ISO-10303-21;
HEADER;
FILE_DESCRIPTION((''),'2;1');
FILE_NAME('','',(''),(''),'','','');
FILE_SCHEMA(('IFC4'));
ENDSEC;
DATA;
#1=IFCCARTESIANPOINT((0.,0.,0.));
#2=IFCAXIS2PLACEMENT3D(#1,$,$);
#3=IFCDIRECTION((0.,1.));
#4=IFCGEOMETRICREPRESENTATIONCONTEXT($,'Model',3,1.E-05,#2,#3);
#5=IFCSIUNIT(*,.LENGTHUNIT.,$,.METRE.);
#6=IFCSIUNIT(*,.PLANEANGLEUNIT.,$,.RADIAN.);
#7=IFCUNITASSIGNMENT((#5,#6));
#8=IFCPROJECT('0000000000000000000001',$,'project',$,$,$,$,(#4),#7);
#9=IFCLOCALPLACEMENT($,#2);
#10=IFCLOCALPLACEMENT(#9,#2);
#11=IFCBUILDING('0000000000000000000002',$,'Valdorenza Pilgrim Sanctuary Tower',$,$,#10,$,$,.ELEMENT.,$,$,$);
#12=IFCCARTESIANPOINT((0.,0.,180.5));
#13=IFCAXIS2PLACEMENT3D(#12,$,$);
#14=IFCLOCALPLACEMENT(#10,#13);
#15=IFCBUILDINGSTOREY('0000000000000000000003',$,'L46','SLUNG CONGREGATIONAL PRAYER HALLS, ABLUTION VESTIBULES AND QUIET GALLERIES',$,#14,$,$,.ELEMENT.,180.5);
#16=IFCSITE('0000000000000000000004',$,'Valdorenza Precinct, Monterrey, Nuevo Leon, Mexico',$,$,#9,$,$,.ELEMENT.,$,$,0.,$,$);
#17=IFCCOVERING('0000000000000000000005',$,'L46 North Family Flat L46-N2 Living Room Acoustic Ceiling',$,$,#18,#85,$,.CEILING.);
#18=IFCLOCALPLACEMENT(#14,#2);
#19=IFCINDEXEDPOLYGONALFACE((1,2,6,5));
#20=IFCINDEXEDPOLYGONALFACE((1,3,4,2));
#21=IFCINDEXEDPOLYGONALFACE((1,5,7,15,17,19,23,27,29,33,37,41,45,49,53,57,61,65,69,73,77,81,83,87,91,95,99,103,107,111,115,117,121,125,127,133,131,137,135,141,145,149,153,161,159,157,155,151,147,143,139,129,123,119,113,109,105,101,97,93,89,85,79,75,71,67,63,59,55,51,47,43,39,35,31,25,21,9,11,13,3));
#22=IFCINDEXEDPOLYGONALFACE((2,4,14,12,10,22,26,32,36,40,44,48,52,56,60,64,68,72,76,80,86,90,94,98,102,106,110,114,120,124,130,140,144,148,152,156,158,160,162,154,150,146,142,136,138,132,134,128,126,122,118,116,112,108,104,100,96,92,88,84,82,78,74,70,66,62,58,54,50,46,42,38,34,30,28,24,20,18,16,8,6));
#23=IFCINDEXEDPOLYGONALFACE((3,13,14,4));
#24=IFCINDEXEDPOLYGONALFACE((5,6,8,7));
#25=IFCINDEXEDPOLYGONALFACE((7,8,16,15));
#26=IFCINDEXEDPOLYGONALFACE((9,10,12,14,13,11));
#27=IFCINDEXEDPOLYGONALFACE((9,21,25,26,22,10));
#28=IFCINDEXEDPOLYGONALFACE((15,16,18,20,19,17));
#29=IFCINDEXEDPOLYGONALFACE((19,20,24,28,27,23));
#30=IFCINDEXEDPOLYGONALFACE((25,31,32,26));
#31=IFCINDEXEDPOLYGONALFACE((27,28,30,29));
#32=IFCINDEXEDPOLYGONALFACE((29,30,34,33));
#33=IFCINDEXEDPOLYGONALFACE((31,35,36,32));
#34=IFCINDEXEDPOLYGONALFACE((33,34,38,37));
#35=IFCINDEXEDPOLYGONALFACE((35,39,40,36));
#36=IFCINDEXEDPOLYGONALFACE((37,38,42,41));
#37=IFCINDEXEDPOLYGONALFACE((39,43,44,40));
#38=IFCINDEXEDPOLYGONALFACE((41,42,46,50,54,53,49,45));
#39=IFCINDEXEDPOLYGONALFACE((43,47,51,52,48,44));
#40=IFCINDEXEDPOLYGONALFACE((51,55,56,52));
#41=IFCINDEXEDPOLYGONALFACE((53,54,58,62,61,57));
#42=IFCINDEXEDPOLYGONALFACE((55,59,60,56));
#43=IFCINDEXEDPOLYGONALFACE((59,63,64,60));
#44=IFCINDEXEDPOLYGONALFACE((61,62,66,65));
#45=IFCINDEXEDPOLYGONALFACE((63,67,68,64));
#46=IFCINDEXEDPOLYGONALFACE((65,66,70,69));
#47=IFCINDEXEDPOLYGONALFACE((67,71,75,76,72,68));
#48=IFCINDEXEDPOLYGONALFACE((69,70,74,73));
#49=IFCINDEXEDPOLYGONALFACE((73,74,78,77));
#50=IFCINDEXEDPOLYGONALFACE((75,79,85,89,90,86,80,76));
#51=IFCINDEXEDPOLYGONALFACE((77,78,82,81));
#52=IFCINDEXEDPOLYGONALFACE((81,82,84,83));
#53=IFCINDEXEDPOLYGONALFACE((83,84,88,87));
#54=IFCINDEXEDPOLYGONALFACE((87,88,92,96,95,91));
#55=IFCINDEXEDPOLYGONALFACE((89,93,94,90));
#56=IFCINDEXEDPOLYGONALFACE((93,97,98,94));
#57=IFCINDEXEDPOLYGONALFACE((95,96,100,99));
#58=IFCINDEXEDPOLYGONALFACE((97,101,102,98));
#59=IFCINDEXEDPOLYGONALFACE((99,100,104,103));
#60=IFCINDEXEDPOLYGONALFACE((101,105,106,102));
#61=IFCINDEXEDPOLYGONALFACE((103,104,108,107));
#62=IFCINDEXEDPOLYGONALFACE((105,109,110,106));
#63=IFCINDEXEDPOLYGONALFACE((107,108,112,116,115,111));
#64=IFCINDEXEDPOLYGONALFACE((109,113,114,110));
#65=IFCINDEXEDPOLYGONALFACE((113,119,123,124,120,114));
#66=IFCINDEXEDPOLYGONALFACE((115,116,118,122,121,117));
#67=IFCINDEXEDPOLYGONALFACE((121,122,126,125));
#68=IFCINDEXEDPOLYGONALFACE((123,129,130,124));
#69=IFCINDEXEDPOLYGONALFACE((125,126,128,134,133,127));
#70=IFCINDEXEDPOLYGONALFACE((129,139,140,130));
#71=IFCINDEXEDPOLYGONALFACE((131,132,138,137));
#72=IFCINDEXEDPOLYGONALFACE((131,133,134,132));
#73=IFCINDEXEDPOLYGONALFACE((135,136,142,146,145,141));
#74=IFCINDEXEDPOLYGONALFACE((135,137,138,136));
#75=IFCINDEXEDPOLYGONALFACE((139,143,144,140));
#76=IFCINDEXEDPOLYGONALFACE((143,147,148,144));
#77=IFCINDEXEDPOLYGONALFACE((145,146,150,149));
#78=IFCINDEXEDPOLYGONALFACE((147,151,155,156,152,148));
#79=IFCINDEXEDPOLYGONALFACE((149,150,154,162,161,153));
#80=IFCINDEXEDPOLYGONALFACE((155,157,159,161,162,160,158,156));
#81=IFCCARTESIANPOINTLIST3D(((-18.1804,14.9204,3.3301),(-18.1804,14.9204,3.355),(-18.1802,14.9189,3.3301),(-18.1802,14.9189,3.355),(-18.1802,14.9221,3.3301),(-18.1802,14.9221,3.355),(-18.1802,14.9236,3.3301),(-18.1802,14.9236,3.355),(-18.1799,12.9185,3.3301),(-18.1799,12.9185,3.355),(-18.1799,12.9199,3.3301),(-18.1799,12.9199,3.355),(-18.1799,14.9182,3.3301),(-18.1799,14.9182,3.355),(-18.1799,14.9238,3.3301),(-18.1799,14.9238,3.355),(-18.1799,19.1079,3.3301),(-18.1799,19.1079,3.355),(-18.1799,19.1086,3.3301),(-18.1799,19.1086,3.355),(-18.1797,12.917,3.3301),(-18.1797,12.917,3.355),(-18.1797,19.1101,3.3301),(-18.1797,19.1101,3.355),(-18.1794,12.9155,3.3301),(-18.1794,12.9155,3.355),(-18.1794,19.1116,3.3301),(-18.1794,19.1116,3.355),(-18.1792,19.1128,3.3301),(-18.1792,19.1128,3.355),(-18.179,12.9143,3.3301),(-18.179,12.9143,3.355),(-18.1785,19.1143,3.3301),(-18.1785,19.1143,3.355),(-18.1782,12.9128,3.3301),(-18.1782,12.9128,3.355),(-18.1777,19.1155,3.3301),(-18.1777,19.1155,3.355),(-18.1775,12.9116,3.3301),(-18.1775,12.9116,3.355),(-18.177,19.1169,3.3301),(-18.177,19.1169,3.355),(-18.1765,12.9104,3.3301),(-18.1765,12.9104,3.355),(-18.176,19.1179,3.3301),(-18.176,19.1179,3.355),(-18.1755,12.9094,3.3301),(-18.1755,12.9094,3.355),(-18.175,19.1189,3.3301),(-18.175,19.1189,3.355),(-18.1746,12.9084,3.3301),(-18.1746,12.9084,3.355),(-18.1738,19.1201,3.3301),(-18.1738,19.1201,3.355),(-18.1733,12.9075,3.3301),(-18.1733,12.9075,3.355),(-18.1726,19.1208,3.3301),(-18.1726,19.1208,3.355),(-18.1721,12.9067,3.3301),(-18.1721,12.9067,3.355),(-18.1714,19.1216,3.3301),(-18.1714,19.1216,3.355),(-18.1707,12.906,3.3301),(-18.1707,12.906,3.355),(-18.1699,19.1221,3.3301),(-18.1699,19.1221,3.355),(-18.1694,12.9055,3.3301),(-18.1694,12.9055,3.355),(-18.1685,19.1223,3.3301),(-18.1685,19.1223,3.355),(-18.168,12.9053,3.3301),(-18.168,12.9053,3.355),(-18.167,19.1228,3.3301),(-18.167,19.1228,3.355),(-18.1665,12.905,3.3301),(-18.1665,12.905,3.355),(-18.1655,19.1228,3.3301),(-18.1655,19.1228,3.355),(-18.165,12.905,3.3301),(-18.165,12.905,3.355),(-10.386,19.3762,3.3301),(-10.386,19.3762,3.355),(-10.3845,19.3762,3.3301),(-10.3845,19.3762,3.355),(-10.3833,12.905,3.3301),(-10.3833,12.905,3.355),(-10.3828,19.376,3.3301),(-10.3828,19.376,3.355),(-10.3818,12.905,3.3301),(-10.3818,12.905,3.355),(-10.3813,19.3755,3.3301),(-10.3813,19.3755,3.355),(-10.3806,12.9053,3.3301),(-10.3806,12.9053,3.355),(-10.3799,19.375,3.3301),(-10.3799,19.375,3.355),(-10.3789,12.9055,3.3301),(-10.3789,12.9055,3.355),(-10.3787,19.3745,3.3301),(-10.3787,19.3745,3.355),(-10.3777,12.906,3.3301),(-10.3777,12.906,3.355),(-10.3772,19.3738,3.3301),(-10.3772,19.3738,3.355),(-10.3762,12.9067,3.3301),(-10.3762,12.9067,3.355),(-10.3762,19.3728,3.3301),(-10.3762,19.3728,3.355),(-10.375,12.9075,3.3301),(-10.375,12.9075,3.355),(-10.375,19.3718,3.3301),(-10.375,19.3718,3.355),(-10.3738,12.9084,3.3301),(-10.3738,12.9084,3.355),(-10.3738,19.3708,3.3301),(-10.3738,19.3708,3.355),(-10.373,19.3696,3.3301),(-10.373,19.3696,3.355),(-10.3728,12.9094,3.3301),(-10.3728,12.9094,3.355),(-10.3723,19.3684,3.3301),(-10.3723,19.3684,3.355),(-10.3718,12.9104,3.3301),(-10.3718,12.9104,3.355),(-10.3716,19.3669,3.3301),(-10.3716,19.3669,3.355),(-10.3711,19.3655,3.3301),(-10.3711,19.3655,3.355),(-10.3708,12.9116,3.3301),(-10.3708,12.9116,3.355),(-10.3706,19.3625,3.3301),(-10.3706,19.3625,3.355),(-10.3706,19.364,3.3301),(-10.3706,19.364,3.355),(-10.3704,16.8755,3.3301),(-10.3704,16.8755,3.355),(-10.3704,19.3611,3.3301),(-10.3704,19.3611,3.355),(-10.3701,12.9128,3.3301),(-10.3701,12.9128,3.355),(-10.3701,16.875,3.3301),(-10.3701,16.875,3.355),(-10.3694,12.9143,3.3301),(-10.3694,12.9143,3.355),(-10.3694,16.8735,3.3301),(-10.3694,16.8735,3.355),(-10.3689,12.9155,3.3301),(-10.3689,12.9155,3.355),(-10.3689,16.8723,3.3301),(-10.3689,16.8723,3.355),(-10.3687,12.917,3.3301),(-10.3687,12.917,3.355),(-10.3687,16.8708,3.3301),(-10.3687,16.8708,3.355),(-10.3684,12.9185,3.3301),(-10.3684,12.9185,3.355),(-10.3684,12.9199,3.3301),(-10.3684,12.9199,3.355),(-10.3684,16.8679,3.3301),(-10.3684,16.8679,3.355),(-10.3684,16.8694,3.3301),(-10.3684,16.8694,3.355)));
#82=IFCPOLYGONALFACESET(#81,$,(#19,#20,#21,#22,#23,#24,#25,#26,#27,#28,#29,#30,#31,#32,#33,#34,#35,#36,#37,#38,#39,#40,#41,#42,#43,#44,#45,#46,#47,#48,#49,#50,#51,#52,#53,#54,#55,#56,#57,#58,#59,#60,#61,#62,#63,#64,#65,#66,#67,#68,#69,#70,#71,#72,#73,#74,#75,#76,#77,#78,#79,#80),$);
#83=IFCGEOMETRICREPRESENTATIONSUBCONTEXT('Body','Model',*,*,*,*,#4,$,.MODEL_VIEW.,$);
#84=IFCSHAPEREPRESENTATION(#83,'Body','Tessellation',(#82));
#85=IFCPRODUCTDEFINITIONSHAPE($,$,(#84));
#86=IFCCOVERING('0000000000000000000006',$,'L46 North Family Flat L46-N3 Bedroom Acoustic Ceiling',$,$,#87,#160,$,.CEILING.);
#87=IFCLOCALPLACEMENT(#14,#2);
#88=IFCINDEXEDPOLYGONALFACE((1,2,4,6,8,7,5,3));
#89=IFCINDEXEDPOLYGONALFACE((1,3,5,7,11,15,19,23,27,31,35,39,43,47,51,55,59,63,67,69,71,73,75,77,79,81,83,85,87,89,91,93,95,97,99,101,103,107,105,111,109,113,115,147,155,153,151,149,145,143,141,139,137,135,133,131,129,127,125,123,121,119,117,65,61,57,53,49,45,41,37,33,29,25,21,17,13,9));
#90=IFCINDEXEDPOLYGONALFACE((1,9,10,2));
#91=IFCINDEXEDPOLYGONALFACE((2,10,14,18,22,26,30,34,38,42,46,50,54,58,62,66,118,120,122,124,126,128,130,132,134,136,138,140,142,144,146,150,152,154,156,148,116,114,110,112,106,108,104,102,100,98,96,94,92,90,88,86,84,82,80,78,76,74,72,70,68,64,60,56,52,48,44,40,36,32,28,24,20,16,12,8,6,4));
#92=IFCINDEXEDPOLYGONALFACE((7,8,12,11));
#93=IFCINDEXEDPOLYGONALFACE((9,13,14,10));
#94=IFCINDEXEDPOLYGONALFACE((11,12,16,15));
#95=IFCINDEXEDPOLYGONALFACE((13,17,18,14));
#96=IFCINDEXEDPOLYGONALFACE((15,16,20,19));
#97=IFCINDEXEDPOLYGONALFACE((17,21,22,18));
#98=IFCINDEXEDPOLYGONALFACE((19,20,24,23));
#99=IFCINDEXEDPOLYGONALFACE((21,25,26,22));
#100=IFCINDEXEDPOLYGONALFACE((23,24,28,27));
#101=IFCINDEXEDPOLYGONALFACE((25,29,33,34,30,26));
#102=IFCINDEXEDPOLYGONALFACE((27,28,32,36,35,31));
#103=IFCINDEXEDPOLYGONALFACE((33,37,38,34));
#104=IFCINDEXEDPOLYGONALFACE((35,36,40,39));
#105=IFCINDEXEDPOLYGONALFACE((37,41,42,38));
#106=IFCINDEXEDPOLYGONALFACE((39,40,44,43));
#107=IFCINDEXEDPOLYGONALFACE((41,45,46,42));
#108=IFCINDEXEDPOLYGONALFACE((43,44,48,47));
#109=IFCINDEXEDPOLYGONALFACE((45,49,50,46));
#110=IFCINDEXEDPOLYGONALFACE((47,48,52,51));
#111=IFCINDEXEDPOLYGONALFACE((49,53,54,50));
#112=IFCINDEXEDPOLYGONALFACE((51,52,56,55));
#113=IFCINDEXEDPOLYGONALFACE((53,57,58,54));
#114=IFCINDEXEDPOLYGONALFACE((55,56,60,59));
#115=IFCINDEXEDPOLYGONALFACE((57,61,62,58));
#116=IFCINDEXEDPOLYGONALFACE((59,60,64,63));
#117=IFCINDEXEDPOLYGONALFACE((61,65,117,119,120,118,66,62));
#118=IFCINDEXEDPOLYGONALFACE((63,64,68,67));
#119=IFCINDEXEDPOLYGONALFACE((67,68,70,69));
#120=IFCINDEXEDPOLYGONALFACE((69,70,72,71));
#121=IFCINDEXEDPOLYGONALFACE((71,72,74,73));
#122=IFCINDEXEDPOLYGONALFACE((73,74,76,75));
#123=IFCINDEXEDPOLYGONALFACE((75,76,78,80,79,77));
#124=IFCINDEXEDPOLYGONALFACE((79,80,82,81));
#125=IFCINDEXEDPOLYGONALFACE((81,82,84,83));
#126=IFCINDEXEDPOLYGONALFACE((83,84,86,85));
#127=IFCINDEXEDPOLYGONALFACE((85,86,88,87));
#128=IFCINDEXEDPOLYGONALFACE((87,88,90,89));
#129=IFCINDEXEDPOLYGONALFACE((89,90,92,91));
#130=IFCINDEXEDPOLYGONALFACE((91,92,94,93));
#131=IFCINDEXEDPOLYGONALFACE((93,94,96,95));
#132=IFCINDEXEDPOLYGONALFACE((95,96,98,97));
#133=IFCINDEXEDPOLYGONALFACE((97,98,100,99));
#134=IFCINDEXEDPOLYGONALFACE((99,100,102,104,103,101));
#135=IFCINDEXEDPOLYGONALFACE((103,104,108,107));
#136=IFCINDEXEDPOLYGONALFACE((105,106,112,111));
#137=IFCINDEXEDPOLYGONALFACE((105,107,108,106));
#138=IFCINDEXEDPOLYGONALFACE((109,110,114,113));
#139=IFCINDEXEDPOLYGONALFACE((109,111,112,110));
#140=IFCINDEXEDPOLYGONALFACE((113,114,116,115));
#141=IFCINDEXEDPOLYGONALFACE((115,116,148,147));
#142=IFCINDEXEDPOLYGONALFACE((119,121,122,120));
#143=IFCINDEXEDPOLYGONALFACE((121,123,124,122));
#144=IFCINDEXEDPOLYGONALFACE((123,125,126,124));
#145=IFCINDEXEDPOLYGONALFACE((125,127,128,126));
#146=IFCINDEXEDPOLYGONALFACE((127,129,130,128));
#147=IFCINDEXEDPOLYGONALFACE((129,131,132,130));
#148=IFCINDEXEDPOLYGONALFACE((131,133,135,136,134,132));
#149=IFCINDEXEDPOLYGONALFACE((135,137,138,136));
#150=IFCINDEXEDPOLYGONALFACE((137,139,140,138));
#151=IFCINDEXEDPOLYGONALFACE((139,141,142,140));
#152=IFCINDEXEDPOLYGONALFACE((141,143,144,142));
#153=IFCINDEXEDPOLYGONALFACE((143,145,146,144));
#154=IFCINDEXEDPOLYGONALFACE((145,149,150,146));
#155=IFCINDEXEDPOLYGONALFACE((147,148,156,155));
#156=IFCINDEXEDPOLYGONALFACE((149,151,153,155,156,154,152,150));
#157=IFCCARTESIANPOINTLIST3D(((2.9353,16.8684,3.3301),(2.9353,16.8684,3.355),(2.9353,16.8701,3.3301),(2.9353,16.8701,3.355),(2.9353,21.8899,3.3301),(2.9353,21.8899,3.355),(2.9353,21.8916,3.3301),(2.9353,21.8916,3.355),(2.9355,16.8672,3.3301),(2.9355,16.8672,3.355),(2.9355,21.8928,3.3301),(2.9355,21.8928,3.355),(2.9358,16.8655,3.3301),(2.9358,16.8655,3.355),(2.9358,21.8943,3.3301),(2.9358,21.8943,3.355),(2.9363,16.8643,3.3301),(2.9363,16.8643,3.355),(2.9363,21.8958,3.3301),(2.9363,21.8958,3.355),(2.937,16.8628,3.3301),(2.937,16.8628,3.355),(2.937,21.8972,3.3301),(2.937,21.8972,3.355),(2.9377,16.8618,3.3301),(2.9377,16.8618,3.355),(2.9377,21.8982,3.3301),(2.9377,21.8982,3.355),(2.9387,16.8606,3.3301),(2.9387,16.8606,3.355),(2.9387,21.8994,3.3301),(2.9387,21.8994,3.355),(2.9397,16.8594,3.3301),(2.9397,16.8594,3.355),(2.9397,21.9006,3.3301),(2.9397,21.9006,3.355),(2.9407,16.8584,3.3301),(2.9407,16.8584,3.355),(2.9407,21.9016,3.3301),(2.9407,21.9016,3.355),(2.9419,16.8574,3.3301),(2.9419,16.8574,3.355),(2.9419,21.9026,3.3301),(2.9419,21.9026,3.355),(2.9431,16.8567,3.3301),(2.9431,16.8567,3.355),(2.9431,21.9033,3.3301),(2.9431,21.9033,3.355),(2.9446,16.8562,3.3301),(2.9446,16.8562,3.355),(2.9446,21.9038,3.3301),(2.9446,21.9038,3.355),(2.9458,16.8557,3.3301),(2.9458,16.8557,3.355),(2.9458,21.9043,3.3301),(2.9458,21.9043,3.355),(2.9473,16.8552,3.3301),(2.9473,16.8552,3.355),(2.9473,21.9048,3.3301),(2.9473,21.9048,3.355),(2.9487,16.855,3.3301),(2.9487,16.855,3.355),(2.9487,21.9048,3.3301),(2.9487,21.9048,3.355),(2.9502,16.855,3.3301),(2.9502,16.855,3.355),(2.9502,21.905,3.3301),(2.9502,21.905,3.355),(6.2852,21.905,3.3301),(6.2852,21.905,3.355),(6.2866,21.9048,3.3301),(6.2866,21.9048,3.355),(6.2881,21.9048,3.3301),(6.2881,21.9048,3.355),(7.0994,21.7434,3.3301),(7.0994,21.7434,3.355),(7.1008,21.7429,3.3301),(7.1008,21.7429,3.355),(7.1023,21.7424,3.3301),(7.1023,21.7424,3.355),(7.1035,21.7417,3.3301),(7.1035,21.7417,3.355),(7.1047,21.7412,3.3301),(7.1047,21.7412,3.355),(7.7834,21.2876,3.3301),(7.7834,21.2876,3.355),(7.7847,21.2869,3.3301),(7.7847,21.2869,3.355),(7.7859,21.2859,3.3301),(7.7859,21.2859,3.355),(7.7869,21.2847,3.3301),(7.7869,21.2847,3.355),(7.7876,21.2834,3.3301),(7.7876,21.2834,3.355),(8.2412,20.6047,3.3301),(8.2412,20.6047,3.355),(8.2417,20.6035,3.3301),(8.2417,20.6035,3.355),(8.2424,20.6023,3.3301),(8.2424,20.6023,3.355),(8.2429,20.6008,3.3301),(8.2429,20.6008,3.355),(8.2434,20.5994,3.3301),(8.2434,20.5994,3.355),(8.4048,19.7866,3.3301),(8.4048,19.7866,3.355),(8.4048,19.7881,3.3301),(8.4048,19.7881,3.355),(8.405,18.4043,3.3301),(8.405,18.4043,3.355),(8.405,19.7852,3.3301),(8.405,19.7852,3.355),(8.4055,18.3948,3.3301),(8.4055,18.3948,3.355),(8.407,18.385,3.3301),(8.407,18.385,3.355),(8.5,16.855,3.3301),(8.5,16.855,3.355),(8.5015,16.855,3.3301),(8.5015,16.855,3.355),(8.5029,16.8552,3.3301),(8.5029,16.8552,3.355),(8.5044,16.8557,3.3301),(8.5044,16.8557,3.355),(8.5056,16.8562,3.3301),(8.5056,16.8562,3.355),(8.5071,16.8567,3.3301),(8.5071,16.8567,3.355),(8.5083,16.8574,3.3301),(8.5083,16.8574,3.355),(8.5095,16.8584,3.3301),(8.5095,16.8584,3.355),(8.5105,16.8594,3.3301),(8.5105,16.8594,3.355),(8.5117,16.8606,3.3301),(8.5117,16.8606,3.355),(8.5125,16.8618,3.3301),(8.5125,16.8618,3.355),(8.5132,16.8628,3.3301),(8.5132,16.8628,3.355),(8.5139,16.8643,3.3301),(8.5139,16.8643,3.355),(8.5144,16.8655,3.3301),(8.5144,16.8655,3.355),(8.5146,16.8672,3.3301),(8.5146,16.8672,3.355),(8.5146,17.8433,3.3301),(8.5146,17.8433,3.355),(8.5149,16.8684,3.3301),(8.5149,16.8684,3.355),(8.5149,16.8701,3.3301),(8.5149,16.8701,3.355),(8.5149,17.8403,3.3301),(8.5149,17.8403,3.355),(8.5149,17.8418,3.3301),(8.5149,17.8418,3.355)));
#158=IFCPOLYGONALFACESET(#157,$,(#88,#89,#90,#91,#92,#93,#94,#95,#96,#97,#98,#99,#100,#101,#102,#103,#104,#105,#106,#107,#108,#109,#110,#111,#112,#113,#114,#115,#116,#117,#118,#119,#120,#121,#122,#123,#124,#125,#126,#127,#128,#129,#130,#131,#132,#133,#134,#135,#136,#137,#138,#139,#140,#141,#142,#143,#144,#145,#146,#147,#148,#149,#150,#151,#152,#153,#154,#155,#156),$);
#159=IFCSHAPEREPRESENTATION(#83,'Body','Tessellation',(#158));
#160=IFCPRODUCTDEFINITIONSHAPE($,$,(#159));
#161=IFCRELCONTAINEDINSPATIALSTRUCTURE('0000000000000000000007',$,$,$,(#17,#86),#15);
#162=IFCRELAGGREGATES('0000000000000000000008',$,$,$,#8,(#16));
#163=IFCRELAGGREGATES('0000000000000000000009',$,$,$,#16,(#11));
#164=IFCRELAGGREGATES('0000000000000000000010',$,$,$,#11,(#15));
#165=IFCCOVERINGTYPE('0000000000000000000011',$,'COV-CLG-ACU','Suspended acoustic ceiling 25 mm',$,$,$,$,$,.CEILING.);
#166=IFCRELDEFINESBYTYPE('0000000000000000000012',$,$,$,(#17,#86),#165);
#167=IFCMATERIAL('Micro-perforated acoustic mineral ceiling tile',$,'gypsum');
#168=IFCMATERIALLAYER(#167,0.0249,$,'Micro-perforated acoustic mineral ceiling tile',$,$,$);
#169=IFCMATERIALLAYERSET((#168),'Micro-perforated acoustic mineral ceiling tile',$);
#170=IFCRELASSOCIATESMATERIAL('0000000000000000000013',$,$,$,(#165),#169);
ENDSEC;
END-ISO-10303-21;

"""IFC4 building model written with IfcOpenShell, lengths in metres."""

from ifc_helpers import new_model, si_unit, direction, frame, origin, place, context, subcontext, project, spatial, polyline, outline, extrude, material, layer, layer_set, type_object, element, save


model = new_model("IFC4")

# Units and contexts
model_context = context("Model", 3, precision=1e-05, world=origin(), true_north=direction((0.0, 1.0)))
body_context = subcontext(model_context, "Body", "Model", "MODEL_VIEW")
ifc_project = project(units=[si_unit("LENGTHUNIT", "METRE"), si_unit("PLANEANGLEUNIT", "RADIAN")], contexts=[model_context])

# Site, building, storey
site_placement = place(None, origin())
site = spatial("IfcSite", under=ifc_project, at=site_placement, Name="Valdorenza Precinct, Monterrey, Nuevo Leon, Mexico", CompositionType="ELEMENT", RefElevation=0.0)
building_placement = place(site_placement, origin())
building = spatial("IfcBuilding", under=site, at=building_placement, Name="Valdorenza Pilgrim Sanctuary Tower", CompositionType="ELEMENT")
storey_placement = place(building_placement, frame((0.0, 0.0, 180.5)))
storey = spatial("IfcBuildingStorey", under=building, at=storey_placement, Name="L46", Description="SLUNG CONGREGATIONAL PRAYER HALLS, ABLUTION VESTIBULES AND QUIET GALLERIES", CompositionType="ELEMENT", Elevation=180.5)

# Coverings
ifc_material_1 = material(Name="Micro-perforated acoustic mineral ceiling tile", Category="gypsum")
ifc_layer_1 = layer(ifc_material_1, 0.0249, Name="Micro-perforated acoustic mineral ceiling tile")
ifc_layer_set_1 = layer_set([ifc_layer_1], Name="Micro-perforated acoustic mineral ceiling tile")
covering_type_1 = type_object("IfcCoveringType", Name="COV-CLG-ACU", Description="Suspended acoustic ceiling 25 mm", PredefinedType="CEILING", material=ifc_layer_set_1)
covering_1_placement = place(storey_placement, frame((0.0, 0.0, 3.3301)))
element("IfcCovering", 1, at=covering_1_placement, inside=storey, type_object=covering_type_1, Name="L46 North Family Flat L46-N2 Living Room Acoustic Ceiling", PredefinedType="CEILING", context=body_context, shape_type="SweptSolid", body=[
    extrude(outline(polyline([(-18.1799, 14.9182), (-18.1802, 14.9189), (-18.1804, 14.9204), (-18.1802, 14.9221), (-18.1802, 14.9236), (-18.1799, 14.9238), (-18.1799, 19.1079), (-18.1799, 19.1079), (-18.1799, 19.1086), (-18.1797, 19.1101), (-18.1794, 19.1116), (-18.1792, 19.1128), (-18.1785, 19.1143), (-18.1777, 19.1155), (-18.177, 19.1169), (-18.176, 19.1179), (-18.175, 19.1189), (-18.1738, 19.1201), (-18.1726, 19.1208), (-18.1714, 19.1216), (-18.1699, 19.1221), (-18.1685, 19.1223), (-18.167, 19.1228), (-18.1655, 19.1228), (-10.386, 19.3762), (-10.3845, 19.3762), (-10.3828, 19.376), (-10.3813, 19.3755), (-10.3799, 19.375), (-10.3787, 19.3745), (-10.3772, 19.3738), (-10.3762, 19.3728), (-10.375, 19.3718), (-10.3738, 19.3708), (-10.373, 19.3696), (-10.3723, 19.3684), (-10.3716, 19.3669), (-10.3711, 19.3655), (-10.3706, 19.364), (-10.3706, 19.3625), (-10.3704, 19.3611), (-10.3704, 16.8755), (-10.3701, 16.875), (-10.3694, 16.8735), (-10.3689, 16.8723), (-10.3687, 16.8708), (-10.3684, 16.8694), (-10.3684, 16.8679), (-10.3684, 12.9199), (-10.3684, 12.9185), (-10.3687, 12.917), (-10.3689, 12.9155), (-10.3694, 12.9143), (-10.3701, 12.9128), (-10.3708, 12.9116), (-10.3718, 12.9104), (-10.3728, 12.9094), (-10.3738, 12.9084), (-10.375, 12.9075), (-10.3762, 12.9067), (-10.3777, 12.906), (-10.3789, 12.9055), (-10.3806, 12.9053), (-10.3818, 12.905), (-10.3833, 12.905), (-18.165, 12.905), (-18.1665, 12.905), (-18.168, 12.9053), (-18.1694, 12.9055), (-18.1707, 12.906), (-18.1721, 12.9067), (-18.1733, 12.9075), (-18.1746, 12.9084), (-18.1755, 12.9094), (-18.1765, 12.9104), (-18.1775, 12.9116), (-18.1782, 12.9128), (-18.179, 12.9143), (-18.1794, 12.9155), (-18.1797, 12.917), (-18.1799, 12.9185), (-18.1799, 12.9199), (-18.1799, 14.9182)])), origin(), (0.0, 0.0, 1.0), 0.0249),
])
covering_2_placement = place(storey_placement, frame((0.0, 0.0, 3.3301)))
element("IfcCovering", 2, at=covering_2_placement, inside=storey, type_object=covering_type_1, Name="L46 North Family Flat L46-N3 Bedroom Acoustic Ceiling", PredefinedType="CEILING", context=body_context, shape_type="SweptSolid", body=[
    extrude(outline(polyline([(2.9502, 16.855), (2.9487, 16.855), (2.9473, 16.8552), (2.9458, 16.8557), (2.9446, 16.8562), (2.9431, 16.8567), (2.9419, 16.8574), (2.9407, 16.8584), (2.9397, 16.8594), (2.9387, 16.8606), (2.9377, 16.8618), (2.937, 16.8628), (2.9363, 16.8643), (2.9358, 16.8655), (2.9355, 16.8672), (2.9353, 16.8684), (2.9353, 16.8701), (2.9353, 21.8899), (2.9353, 21.8916), (2.9355, 21.8928), (2.9358, 21.8943), (2.9363, 21.8958), (2.937, 21.8972), (2.9377, 21.8982), (2.9387, 21.8994), (2.9397, 21.9006), (2.9407, 21.9016), (2.9419, 21.9026), (2.9431, 21.9033), (2.9446, 21.9038), (2.9458, 21.9043), (2.9473, 21.9048), (2.9487, 21.9048), (2.9502, 21.905), (6.2852, 21.905), (6.2866, 21.9048), (6.2881, 21.9048), (7.0994, 21.7434), (7.1008, 21.7429), (7.1023, 21.7424), (7.1035, 21.7417), (7.1047, 21.7412), (7.7834, 21.2876), (7.7847, 21.2869), (7.7859, 21.2859), (7.7869, 21.2847), (7.7876, 21.2834), (8.2412, 20.6047), (8.2417, 20.6035), (8.2424, 20.6023), (8.2429, 20.6008), (8.2434, 20.5994), (8.4048, 19.7881), (8.4048, 19.7866), (8.405, 19.7852), (8.405, 18.4043), (8.4055, 18.3948), (8.407, 18.385), (8.5146, 17.8433), (8.5149, 17.8418), (8.5149, 17.8403), (8.5149, 16.8701), (8.5149, 16.8684), (8.5146, 16.8672), (8.5144, 16.8655), (8.5139, 16.8643), (8.5132, 16.8628), (8.5125, 16.8618), (8.5117, 16.8606), (8.5105, 16.8594), (8.5095, 16.8584), (8.5083, 16.8574), (8.5071, 16.8567), (8.5056, 16.8562), (8.5044, 16.8557), (8.5029, 16.8552), (8.5015, 16.855), (8.5, 16.855), (2.9502, 16.855)])), origin(), (0.0, 0.0, 1.0), 0.0249),
])

save(model, "model.ifc")
